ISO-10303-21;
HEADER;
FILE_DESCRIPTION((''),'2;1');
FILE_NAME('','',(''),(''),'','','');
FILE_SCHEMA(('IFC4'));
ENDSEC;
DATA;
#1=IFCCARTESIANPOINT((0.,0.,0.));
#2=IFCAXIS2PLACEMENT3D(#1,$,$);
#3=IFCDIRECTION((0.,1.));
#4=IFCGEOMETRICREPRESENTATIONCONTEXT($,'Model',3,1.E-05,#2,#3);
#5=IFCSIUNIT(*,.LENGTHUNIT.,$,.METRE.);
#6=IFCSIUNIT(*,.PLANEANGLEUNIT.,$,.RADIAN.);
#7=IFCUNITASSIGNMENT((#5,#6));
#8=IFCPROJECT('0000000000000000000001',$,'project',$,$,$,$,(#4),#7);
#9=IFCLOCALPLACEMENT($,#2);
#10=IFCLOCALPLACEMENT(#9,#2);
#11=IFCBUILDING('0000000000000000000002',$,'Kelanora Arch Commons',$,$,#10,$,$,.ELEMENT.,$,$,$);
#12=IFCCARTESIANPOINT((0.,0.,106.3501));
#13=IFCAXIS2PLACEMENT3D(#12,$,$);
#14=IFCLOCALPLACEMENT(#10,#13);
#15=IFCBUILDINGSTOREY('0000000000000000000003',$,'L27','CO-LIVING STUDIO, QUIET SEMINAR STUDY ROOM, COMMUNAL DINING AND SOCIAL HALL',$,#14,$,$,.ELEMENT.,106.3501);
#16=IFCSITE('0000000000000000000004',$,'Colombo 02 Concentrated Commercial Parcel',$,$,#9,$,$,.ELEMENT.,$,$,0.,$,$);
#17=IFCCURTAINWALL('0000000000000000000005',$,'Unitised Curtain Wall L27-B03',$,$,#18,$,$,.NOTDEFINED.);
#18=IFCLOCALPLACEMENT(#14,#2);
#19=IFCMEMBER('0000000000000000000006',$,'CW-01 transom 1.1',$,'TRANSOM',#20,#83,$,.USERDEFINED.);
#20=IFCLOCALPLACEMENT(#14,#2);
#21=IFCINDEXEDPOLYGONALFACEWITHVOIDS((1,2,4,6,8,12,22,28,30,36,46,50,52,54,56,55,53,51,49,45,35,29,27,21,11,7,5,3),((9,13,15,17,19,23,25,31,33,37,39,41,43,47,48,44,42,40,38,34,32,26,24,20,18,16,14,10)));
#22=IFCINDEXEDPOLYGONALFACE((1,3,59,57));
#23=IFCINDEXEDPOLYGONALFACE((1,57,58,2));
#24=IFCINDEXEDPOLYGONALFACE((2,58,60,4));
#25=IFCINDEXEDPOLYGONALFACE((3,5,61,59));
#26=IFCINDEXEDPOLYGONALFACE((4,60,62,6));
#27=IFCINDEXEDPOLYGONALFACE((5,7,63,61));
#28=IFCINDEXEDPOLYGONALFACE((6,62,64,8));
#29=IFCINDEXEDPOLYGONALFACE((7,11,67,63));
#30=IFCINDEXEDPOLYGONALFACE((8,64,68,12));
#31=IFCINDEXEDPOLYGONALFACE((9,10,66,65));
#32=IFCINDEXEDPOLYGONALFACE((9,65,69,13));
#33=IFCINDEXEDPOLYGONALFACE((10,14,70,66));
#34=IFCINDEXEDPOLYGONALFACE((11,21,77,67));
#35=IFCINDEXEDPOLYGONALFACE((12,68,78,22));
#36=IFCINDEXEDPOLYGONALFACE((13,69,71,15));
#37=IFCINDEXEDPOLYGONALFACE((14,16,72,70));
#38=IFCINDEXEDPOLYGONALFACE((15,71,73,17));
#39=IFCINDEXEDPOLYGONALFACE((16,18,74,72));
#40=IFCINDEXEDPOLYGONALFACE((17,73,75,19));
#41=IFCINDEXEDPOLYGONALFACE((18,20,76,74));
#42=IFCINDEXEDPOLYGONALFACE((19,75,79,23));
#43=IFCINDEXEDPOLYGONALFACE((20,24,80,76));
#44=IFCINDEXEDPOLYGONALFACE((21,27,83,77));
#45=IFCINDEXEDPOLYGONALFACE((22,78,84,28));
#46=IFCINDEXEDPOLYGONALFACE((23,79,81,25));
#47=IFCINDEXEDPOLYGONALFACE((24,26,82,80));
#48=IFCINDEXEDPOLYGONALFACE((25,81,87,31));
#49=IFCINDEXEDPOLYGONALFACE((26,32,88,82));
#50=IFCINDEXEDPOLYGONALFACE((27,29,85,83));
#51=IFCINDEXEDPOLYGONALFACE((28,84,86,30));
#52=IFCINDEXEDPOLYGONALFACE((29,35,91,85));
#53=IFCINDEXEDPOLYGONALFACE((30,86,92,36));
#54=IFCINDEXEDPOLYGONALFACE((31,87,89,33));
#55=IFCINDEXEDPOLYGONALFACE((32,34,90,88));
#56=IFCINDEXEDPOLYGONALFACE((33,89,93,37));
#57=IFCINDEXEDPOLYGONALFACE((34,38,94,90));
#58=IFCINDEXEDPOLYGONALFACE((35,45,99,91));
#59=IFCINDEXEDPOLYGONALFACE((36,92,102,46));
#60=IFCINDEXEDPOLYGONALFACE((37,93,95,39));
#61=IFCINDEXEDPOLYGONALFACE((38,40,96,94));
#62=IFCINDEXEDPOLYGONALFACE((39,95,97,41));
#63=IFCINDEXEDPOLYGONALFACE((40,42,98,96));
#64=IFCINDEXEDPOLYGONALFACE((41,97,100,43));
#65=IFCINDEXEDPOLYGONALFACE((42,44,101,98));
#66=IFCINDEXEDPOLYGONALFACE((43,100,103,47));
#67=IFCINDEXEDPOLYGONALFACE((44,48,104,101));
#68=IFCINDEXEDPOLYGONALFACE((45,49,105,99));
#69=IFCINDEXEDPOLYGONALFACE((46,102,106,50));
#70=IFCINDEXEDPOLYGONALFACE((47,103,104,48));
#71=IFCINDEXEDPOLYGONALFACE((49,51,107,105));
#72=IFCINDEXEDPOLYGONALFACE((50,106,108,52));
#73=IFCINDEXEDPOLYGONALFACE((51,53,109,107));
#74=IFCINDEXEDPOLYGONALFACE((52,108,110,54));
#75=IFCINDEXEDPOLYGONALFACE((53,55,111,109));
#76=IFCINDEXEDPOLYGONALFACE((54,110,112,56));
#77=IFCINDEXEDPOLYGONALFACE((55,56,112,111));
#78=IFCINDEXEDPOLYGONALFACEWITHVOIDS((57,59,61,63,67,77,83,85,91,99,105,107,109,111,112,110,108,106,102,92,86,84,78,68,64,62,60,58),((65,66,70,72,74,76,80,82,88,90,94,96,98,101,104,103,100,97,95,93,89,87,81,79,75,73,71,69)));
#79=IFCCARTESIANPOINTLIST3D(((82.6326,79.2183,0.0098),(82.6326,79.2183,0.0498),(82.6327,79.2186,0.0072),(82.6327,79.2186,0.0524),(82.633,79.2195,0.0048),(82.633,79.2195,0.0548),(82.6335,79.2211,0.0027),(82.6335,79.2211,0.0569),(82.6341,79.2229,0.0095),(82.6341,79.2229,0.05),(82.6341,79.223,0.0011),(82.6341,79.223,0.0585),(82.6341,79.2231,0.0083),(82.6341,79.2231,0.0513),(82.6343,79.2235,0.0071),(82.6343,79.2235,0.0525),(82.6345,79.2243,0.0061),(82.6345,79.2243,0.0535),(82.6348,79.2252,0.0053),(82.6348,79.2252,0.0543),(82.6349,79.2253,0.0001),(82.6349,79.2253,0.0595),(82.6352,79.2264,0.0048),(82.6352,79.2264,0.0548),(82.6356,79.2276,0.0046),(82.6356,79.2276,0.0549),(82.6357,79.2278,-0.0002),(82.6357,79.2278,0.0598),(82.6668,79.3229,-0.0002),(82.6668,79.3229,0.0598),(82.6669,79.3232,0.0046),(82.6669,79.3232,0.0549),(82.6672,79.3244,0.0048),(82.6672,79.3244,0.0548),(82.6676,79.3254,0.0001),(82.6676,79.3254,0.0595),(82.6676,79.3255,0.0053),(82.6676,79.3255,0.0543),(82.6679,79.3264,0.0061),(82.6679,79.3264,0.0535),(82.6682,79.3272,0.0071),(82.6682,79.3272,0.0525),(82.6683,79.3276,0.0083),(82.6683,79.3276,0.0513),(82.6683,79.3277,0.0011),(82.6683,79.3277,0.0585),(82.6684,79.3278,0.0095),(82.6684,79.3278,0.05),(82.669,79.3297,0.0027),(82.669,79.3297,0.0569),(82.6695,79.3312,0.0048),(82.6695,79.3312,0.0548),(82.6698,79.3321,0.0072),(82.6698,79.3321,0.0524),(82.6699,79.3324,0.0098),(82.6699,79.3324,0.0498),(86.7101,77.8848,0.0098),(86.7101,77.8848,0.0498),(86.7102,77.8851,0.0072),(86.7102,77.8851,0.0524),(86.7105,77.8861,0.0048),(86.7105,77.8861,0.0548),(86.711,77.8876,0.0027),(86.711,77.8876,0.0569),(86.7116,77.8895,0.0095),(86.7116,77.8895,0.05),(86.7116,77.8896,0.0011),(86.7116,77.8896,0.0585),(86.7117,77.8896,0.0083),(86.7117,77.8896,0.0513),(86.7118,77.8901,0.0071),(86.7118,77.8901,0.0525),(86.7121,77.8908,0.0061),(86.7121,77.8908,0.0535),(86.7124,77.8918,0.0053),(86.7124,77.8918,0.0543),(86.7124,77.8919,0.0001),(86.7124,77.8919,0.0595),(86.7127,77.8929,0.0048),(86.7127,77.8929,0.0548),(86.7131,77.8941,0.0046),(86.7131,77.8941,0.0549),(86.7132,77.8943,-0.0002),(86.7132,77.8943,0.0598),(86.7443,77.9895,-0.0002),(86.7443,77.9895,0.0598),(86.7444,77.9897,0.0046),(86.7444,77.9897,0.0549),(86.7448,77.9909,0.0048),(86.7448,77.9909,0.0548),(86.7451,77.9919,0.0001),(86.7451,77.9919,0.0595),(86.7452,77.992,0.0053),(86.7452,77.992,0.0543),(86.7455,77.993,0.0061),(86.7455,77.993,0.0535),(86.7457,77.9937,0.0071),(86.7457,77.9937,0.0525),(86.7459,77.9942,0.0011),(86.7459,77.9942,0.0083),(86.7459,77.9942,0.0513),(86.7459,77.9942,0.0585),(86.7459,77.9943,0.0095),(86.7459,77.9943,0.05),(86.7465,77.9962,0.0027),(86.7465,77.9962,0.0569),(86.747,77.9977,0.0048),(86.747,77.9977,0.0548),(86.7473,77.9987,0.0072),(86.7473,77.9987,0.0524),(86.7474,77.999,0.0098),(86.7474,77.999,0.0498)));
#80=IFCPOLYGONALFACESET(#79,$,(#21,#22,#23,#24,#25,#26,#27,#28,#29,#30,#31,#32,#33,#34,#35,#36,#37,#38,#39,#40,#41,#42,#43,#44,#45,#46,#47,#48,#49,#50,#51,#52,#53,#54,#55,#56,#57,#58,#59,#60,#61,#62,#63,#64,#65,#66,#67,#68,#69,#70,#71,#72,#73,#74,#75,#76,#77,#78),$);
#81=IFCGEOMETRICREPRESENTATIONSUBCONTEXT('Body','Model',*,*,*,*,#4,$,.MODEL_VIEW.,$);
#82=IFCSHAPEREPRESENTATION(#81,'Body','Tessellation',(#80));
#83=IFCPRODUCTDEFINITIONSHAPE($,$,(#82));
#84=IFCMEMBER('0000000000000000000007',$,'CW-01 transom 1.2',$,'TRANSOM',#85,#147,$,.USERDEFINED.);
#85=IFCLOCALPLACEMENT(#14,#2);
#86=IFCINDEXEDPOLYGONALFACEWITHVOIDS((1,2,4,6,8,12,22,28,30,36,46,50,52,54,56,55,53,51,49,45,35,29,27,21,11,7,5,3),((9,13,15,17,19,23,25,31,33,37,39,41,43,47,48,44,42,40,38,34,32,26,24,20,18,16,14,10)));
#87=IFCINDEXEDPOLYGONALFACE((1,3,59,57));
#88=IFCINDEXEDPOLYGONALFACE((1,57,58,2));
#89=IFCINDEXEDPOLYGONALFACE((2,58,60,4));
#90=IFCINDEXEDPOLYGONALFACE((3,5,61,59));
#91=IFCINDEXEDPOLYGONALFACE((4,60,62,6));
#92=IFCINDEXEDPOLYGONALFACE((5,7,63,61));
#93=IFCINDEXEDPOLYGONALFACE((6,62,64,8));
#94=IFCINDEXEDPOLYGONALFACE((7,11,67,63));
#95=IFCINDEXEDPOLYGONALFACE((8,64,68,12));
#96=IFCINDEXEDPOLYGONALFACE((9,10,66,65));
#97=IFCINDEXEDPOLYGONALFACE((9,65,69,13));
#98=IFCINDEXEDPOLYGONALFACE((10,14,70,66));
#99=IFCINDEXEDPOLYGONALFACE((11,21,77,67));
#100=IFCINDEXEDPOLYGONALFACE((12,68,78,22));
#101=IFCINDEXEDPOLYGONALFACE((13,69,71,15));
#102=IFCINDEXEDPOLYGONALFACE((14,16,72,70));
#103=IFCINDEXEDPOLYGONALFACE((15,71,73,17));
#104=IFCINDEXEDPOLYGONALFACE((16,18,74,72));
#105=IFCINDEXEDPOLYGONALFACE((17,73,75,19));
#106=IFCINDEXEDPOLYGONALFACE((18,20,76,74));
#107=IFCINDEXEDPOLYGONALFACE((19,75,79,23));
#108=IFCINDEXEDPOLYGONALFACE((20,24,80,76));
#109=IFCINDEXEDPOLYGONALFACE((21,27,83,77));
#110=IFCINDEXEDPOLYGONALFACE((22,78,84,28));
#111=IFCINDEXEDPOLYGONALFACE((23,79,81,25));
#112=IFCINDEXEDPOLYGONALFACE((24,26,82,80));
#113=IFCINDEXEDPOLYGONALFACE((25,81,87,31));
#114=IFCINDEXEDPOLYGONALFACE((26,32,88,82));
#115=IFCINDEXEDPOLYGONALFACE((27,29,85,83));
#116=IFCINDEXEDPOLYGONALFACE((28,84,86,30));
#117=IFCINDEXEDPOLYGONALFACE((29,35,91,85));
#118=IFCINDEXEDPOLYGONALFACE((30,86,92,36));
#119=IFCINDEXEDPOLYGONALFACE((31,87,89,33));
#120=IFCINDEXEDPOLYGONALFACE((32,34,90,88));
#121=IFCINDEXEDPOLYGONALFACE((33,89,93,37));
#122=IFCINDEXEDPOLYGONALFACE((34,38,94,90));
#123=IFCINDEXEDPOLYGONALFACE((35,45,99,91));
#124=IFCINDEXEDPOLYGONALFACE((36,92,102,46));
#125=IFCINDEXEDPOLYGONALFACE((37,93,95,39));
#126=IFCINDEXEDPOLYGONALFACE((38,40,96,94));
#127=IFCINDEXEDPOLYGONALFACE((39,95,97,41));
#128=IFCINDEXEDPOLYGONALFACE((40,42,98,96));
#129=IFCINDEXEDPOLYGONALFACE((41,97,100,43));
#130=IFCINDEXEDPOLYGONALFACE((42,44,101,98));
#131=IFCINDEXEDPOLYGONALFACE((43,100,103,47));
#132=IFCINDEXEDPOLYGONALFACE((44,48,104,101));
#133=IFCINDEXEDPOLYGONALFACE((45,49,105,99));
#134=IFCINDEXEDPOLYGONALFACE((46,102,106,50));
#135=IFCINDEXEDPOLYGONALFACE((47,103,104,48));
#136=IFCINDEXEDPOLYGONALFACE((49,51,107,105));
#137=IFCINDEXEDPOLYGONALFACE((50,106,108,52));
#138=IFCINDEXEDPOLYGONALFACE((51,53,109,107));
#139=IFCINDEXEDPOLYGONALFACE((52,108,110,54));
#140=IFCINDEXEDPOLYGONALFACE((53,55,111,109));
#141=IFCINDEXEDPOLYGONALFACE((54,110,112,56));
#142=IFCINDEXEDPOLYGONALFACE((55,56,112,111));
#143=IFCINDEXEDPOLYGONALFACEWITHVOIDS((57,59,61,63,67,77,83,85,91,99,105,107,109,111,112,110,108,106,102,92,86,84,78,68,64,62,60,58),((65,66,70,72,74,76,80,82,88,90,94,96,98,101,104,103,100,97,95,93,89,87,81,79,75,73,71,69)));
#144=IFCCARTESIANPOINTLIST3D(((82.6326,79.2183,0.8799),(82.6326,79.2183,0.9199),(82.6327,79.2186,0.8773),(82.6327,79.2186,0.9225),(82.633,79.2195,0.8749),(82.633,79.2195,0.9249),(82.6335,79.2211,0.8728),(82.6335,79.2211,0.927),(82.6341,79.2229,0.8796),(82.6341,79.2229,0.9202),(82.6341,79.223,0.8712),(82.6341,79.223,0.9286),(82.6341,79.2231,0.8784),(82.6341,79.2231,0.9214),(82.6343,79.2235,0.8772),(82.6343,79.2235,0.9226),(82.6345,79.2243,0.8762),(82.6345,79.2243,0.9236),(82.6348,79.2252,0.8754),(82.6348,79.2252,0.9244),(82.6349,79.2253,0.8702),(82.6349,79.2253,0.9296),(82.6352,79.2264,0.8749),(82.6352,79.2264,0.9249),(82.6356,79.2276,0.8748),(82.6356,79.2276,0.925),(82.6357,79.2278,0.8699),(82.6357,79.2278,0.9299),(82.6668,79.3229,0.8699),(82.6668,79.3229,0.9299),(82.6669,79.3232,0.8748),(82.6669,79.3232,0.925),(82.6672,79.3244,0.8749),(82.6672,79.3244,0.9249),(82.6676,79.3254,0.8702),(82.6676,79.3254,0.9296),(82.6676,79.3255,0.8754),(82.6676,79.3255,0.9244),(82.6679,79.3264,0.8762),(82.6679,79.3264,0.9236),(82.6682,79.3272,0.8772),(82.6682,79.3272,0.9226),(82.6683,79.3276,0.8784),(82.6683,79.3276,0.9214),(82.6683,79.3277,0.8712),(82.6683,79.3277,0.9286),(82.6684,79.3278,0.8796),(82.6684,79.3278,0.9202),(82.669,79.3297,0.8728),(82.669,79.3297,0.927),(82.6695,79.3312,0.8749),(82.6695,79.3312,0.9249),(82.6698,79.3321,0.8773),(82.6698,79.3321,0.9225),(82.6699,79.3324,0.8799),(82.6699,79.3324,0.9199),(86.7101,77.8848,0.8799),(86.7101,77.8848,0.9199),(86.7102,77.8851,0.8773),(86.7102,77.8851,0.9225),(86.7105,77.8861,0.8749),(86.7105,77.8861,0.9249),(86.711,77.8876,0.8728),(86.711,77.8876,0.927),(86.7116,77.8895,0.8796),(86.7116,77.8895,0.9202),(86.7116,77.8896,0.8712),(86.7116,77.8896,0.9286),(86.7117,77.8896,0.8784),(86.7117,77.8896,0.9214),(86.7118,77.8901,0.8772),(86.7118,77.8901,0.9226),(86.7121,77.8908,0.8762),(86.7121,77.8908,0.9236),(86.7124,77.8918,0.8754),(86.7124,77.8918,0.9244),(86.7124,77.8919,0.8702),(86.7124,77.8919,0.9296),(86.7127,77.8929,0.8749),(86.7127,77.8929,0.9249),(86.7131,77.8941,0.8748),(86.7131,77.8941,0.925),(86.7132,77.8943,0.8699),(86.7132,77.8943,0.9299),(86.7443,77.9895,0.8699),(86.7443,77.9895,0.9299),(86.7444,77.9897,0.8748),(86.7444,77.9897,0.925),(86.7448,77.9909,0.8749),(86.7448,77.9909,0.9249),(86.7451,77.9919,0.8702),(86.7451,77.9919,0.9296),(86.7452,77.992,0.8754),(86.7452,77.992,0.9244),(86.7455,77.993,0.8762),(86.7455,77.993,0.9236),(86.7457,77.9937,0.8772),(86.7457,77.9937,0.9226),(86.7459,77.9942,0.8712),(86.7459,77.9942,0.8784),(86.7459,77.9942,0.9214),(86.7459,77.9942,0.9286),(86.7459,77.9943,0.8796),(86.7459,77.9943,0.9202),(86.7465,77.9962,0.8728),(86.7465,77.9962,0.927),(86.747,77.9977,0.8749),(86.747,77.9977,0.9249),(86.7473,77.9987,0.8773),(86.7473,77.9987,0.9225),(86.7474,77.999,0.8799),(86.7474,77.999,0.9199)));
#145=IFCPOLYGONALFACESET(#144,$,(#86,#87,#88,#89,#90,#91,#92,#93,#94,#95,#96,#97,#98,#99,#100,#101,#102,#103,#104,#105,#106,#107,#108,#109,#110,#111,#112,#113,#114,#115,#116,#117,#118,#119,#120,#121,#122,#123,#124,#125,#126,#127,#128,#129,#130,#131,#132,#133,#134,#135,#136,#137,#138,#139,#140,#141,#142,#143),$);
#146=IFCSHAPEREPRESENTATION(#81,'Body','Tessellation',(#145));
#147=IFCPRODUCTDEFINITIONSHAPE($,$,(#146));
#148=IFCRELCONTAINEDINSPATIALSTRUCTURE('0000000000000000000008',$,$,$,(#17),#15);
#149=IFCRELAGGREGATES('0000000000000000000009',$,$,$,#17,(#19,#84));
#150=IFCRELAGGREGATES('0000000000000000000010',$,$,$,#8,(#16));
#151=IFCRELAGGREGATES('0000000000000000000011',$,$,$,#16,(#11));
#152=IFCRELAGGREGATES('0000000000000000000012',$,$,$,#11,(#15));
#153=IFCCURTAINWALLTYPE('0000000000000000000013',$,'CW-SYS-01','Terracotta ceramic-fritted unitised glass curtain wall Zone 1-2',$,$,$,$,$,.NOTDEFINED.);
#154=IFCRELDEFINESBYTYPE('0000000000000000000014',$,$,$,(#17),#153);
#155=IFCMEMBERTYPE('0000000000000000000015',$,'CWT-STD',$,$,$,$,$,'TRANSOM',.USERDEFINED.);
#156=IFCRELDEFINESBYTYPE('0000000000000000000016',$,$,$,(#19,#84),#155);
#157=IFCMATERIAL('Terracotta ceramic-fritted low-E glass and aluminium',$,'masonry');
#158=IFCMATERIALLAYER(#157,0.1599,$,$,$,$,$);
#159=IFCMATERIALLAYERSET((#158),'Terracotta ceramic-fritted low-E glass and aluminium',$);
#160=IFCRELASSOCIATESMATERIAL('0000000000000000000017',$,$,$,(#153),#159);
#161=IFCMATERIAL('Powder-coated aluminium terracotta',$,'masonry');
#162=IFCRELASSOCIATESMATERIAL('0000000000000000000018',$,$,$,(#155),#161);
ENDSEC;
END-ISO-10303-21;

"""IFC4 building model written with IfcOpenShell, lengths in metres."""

from ifc_helpers import new_model, si_unit, direction, frame, origin, origin_2d, place, context, subcontext, project, spatial, hollow_rectangle, extrude, material, layer, layer_set, material_profile, profile_set, type_object, element, aggregate, save


model = new_model("IFC4")

# Units and contexts
model_context = context("Model", 3, precision=1e-05, world=origin(), true_north=direction((0.0, 1.0)))
body_context = subcontext(model_context, "Body", "Model", "MODEL_VIEW")
ifc_project = project(units=[si_unit("LENGTHUNIT", "METRE"), si_unit("PLANEANGLEUNIT", "RADIAN")], contexts=[model_context])

# Site, building, storey
site_placement = place(None, origin())
site = spatial("IfcSite", under=ifc_project, at=site_placement, Name="Colombo 02 Concentrated Commercial Parcel", CompositionType="ELEMENT", RefElevation=0.0)
building_placement = place(site_placement, origin())
building = spatial("IfcBuilding", under=site, at=building_placement, Name="Kelanora Arch Commons", CompositionType="ELEMENT")
storey_placement = place(building_placement, frame((0.0, 0.0, 106.3501)))
storey = spatial("IfcBuildingStorey", under=building, at=storey_placement, Name="L27", Description="CO-LIVING STUDIO, QUIET SEMINAR STUDY ROOM, COMMUNAL DINING AND SOCIAL HALL", CompositionType="ELEMENT", Elevation=106.3501)

# Curtain wall, members
ifc_material_1 = material(Name="Terracotta ceramic-fritted low-E glass and aluminium", Category="masonry")
ifc_layer_1 = layer(ifc_material_1, 0.1599)
ifc_layer_set_1 = layer_set([ifc_layer_1], Name="Terracotta ceramic-fritted low-E glass and aluminium")
curtain_wall_type = type_object("IfcCurtainWallType", Name="CW-SYS-01", Description="Terracotta ceramic-fritted unitised glass curtain wall Zone 1-2", PredefinedType="NOTDEFINED", material=ifc_layer_set_1)
curtain_wall_placement = place(storey_placement, origin())
curtain_wall = element("IfcCurtainWall", 1, at=curtain_wall_placement, inside=storey, type_object=curtain_wall_type, Name="Unitised Curtain Wall L27-B03", PredefinedType="NOTDEFINED")
ifc_material_2 = material(Name="Powder-coated aluminium terracotta", Category="masonry")
ifc_material_profile_1 = material_profile(ifc_material_2, hollow_rectangle(XDim=0.1201, YDim=0.0601, WallThickness=0.0049, InnerFilletRadius=0.0049, OuterFilletRadius=0.01, at=origin_2d()), Name="CWT120x60")
ifc_profile_set_1 = profile_set([ifc_material_profile_1], Name="Powder-coated aluminium terracotta")
member_type_1 = type_object("IfcMemberType", Name="CWT-STD", ElementType="TRANSOM", PredefinedType="USERDEFINED", material=ifc_profile_set_1)
member_1_placement = place(storey_placement, frame((86.7288, 77.9419, 0.0298), z_axis=(-0.950466, 0.310828, 0.0), x_axis=(-0.310828, -0.950466, 0.0)))
member_1 = element("IfcMember", 2, at=member_1_placement, type_object=member_type_1, Name="CW-01 transom 1.1", ObjectType="TRANSOM", PredefinedType="USERDEFINED", context=body_context, shape_type="SweptSolid", body=[
    extrude(hollow_rectangle(XDim=0.1201, YDim=0.0601, WallThickness=0.0049, InnerFilletRadius=0.0049, OuterFilletRadius=0.01, at=origin_2d()), origin(), (0.0, 0.0, 1.0), 4.29),
])
member_2_placement = place(storey_placement, frame((86.7288, 77.9419, 0.8999), z_axis=(-0.950466, 0.310828, 0.0), x_axis=(-0.310828, -0.950466, 0.0)))
member_2 = element("IfcMember", 3, at=member_2_placement, type_object=member_type_1, Name="CW-01 transom 1.2", ObjectType="TRANSOM", PredefinedType="USERDEFINED", context=body_context, shape_type="SweptSolid", body=[
    extrude(hollow_rectangle(XDim=0.1201, YDim=0.0601, WallThickness=0.0049, InnerFilletRadius=0.0049, OuterFilletRadius=0.01, at=origin_2d()), origin(), (0.0, 0.0, 1.0), 4.29),
])
aggregate(curtain_wall, [member_1, member_2])

save(model, "model.ifc")
